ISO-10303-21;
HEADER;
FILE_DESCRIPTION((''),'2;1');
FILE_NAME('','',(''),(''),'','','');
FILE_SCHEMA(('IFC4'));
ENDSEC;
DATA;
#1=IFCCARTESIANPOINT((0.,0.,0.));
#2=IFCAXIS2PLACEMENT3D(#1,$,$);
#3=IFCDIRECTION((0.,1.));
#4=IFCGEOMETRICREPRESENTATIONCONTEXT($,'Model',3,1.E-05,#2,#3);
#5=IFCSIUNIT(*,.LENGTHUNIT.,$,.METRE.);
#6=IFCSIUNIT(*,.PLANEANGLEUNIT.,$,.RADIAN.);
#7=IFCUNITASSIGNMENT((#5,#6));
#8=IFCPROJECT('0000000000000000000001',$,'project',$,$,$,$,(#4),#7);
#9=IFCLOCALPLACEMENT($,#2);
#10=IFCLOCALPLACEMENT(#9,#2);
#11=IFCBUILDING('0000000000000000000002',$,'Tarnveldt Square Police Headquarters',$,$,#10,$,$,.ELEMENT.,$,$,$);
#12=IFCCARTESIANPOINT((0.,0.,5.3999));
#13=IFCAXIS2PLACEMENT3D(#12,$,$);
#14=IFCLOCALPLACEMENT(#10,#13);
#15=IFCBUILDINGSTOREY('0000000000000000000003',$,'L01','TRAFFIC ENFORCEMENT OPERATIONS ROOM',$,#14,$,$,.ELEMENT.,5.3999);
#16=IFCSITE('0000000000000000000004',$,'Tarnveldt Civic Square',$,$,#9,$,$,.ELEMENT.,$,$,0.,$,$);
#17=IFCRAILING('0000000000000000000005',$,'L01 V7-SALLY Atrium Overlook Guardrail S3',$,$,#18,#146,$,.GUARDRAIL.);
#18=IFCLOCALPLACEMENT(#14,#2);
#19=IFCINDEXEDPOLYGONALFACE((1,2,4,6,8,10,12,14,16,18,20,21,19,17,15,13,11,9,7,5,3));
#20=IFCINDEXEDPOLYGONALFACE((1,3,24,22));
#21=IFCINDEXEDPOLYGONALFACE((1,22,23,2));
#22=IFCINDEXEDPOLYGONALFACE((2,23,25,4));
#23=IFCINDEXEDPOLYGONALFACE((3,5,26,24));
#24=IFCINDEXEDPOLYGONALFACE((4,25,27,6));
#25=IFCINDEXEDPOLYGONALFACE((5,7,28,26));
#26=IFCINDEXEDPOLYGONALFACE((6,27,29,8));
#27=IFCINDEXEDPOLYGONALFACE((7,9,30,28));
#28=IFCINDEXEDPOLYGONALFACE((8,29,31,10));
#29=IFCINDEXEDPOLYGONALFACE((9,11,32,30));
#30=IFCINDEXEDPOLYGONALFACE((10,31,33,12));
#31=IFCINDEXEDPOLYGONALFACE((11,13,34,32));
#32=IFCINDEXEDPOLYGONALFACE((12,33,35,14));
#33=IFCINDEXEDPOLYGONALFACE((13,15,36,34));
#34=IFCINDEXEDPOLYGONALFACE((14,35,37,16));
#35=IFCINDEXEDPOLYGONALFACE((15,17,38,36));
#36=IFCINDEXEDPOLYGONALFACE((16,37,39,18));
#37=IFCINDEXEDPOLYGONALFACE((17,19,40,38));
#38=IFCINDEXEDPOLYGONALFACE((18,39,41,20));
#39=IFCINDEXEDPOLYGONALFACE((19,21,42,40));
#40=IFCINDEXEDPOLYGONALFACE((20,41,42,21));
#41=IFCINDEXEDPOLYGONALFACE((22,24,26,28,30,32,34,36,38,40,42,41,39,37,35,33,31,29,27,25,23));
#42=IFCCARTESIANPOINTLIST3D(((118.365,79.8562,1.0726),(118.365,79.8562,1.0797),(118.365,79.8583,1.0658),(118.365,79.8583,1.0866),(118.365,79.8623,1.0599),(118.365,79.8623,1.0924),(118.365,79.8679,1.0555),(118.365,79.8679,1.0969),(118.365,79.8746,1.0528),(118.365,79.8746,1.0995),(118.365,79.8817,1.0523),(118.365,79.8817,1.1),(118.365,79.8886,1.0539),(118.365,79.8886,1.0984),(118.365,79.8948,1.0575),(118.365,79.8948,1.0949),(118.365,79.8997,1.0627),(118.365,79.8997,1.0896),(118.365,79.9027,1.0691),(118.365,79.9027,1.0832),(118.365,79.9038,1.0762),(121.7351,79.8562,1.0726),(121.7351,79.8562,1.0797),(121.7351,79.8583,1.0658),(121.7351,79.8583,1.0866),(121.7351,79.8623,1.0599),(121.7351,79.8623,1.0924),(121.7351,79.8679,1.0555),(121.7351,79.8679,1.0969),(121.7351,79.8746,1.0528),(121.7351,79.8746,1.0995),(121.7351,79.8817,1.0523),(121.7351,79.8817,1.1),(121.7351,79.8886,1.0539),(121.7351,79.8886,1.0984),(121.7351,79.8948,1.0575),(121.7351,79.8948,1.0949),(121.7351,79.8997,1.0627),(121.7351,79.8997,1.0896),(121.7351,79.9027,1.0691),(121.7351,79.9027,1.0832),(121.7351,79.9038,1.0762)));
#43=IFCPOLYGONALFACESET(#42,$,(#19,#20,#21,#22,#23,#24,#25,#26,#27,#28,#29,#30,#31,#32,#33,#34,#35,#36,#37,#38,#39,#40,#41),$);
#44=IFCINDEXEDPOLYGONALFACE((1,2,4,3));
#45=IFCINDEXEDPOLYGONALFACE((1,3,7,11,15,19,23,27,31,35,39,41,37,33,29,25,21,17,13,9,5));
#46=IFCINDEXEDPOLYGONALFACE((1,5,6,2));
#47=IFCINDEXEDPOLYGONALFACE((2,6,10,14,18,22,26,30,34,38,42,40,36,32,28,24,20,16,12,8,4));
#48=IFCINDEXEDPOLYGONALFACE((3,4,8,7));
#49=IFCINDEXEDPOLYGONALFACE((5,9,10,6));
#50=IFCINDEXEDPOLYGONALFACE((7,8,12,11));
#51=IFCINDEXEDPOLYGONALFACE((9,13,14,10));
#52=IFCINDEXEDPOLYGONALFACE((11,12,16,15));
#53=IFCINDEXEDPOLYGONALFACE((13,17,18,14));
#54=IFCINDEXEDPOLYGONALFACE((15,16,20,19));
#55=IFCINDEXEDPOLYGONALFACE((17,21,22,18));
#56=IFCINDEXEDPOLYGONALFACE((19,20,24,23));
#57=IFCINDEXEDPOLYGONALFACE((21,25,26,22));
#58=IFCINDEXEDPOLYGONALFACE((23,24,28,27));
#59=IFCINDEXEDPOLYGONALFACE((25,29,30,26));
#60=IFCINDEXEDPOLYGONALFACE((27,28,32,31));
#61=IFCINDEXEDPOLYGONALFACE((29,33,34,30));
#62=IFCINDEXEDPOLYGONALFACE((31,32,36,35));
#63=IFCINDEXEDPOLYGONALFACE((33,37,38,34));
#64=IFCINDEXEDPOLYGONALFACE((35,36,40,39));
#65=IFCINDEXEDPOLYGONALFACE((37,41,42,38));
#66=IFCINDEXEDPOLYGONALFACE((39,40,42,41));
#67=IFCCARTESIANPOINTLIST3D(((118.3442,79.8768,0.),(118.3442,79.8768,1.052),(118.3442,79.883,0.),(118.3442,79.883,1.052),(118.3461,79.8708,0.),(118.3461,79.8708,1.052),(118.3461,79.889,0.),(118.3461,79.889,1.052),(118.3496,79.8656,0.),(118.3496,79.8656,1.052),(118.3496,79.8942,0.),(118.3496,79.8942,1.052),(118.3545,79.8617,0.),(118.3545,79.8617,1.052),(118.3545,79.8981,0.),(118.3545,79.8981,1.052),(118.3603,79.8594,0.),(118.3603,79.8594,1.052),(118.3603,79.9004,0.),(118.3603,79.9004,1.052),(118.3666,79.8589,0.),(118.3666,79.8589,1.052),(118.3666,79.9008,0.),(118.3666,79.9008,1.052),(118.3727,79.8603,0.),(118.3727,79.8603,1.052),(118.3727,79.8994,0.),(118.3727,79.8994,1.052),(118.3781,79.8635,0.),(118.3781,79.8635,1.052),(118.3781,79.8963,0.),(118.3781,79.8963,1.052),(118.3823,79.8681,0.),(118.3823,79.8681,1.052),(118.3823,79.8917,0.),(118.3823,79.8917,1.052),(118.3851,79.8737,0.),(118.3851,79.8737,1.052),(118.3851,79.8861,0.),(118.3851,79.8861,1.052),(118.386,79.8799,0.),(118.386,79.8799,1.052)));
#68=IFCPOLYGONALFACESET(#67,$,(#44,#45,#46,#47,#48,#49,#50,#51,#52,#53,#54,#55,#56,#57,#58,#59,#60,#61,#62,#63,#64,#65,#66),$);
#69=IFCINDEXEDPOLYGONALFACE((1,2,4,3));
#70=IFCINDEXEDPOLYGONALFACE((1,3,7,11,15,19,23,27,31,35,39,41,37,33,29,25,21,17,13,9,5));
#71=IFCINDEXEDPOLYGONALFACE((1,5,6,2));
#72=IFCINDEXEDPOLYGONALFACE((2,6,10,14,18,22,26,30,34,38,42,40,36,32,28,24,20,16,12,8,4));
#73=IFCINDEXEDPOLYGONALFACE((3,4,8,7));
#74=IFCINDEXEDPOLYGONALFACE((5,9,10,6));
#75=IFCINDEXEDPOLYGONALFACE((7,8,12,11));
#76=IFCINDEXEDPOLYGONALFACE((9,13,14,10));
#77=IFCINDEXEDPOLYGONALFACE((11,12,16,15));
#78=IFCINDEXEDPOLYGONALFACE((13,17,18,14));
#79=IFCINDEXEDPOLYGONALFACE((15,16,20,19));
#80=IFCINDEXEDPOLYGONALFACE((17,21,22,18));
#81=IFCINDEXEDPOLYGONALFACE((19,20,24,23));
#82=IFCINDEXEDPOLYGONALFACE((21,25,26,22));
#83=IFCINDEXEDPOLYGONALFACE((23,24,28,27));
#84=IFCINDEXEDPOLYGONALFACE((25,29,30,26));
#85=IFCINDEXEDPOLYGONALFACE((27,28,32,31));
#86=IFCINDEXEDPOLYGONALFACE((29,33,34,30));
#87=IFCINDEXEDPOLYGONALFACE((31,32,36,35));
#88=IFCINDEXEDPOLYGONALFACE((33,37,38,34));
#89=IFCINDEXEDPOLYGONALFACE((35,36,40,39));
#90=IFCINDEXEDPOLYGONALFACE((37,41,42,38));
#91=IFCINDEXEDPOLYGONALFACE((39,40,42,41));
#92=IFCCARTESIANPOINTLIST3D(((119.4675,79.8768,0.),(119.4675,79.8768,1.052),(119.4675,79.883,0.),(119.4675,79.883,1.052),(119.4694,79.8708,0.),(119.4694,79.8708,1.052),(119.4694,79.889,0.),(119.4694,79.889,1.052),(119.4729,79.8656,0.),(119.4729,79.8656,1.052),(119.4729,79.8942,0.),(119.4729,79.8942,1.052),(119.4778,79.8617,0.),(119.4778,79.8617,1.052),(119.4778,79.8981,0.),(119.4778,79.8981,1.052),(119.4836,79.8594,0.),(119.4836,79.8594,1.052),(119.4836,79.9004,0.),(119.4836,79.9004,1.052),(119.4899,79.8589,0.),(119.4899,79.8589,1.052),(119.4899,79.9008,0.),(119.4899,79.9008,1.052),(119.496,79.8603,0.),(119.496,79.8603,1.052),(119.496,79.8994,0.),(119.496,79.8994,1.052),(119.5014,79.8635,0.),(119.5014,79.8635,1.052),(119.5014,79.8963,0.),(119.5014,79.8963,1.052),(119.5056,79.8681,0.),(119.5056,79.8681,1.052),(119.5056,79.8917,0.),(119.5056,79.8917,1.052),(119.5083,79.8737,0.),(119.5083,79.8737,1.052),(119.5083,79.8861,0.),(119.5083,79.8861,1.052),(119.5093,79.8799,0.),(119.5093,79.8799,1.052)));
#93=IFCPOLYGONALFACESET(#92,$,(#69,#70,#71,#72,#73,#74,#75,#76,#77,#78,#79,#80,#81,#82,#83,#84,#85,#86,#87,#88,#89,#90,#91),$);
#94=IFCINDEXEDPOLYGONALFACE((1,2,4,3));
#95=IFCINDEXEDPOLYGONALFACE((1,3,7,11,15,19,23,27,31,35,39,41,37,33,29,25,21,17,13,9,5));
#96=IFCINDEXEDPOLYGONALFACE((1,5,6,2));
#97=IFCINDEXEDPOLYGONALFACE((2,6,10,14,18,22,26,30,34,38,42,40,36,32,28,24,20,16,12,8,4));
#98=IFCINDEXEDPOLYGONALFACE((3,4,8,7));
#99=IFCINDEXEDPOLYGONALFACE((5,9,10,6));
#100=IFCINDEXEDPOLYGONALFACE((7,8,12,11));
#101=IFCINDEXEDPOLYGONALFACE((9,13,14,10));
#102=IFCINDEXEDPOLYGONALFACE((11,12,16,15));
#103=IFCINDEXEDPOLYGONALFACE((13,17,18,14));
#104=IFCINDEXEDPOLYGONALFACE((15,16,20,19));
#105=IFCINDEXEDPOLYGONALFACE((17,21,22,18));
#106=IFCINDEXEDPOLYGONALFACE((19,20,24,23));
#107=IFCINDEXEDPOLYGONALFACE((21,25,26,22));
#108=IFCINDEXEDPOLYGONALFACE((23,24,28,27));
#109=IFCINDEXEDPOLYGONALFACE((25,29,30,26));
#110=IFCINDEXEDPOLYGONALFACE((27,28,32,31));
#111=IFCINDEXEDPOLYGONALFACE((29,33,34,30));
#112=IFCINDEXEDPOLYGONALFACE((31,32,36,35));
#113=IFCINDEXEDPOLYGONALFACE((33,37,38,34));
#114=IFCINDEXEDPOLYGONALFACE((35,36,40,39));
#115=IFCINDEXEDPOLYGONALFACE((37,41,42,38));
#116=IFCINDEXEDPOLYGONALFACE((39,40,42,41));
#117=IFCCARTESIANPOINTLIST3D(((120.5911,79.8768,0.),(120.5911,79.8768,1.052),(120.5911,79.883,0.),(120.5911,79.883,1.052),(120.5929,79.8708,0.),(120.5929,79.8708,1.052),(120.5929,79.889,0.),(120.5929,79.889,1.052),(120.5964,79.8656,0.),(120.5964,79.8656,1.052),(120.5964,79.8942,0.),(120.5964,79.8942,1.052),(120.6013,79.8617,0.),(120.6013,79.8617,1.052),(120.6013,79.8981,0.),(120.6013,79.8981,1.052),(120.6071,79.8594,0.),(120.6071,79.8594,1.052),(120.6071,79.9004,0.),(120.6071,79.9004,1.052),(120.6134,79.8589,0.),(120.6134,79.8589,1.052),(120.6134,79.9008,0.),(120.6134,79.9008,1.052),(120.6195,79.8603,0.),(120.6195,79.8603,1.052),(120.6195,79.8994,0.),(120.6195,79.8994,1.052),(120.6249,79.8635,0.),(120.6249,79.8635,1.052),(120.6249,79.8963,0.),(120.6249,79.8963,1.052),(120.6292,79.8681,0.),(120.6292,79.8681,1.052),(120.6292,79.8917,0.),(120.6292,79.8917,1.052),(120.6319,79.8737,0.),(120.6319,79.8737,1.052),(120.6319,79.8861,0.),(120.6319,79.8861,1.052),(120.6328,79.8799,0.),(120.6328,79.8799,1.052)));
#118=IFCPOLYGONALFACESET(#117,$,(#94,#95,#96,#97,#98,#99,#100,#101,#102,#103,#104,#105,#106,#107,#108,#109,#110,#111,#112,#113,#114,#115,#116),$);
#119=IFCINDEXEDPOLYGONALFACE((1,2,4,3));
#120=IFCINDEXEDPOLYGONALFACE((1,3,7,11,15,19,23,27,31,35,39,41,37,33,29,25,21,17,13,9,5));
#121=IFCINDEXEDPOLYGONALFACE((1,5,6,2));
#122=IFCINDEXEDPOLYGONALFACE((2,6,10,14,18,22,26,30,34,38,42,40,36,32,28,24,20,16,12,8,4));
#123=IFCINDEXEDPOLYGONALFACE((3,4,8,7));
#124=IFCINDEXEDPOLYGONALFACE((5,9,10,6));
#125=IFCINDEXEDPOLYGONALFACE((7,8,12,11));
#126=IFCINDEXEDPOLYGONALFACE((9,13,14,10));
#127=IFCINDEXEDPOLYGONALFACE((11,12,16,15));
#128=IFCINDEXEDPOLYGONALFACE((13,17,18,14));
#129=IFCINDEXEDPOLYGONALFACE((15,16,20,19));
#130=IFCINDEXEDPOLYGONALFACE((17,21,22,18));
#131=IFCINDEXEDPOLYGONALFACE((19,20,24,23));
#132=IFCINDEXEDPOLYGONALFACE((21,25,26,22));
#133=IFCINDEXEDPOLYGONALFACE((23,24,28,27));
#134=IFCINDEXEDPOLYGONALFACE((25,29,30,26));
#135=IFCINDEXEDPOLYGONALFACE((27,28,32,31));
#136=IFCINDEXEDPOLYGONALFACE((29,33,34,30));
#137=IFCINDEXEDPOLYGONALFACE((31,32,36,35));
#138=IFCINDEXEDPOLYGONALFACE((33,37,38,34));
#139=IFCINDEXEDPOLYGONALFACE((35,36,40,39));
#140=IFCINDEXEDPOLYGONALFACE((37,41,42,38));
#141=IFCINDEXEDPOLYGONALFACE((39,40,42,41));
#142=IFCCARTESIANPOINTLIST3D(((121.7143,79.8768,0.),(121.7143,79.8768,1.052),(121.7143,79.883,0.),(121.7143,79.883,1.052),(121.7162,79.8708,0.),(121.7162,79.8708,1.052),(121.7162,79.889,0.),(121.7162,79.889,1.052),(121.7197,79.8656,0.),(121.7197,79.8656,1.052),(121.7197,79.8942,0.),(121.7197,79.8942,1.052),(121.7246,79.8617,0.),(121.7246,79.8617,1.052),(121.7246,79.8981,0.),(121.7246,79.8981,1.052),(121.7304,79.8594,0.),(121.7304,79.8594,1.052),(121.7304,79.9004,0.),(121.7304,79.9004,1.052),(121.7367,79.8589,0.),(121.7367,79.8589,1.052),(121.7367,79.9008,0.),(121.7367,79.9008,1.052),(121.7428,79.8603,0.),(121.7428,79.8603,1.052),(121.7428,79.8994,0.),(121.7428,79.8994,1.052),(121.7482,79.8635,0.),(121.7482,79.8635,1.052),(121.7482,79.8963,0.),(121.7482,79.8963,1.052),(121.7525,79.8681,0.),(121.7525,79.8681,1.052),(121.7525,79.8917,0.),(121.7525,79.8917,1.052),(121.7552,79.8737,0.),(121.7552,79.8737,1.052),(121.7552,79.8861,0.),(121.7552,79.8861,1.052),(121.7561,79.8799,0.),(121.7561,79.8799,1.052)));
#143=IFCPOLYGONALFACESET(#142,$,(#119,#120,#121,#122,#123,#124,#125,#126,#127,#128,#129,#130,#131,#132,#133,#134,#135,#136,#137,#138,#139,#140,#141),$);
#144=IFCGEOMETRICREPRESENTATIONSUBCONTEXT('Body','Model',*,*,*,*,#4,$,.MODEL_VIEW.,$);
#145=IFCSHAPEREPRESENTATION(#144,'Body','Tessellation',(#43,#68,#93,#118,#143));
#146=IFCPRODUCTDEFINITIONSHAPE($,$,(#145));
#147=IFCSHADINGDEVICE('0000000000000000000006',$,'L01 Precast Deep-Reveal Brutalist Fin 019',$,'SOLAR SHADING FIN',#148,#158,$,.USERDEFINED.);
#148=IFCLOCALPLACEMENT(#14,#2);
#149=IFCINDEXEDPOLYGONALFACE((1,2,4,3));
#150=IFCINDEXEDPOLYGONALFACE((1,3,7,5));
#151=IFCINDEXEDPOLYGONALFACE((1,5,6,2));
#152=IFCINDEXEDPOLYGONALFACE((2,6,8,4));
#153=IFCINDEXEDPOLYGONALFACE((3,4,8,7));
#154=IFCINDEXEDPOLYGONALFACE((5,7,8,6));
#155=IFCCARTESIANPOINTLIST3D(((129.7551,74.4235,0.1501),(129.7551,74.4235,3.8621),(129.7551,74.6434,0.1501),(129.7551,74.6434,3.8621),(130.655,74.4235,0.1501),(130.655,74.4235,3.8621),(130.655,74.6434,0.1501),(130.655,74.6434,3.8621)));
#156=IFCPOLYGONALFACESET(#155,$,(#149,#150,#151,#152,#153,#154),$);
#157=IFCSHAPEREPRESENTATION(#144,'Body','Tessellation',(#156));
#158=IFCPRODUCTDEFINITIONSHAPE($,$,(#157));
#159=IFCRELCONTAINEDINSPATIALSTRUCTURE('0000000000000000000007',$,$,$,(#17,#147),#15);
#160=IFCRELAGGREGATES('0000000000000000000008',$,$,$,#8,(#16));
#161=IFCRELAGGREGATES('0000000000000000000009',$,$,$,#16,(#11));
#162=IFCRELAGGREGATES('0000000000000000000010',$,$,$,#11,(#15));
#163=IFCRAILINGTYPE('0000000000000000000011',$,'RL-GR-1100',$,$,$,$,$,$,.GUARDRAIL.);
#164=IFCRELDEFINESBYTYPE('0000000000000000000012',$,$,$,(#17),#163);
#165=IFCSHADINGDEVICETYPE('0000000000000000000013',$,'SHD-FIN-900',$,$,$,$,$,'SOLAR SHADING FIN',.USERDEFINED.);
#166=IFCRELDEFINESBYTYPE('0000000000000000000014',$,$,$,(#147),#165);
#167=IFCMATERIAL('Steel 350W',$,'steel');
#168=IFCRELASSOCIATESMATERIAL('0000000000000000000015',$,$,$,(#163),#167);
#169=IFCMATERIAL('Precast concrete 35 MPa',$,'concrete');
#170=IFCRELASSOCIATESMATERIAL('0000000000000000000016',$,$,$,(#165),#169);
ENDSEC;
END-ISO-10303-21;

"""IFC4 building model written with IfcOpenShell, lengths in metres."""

from ifc_helpers import new_model, si_unit, direction, frame, origin, origin_2d, place, context, subcontext, project, spatial, rectangle, circle, extrude, material, material_profile, profile_set, type_object, element, save


model = new_model("IFC4")

# Units and contexts
model_context = context("Model", 3, precision=1e-05, world=origin(), true_north=direction((0.0, 1.0)))
body_context = subcontext(model_context, "Body", "Model", "MODEL_VIEW")
ifc_project = project(units=[si_unit("LENGTHUNIT", "METRE"), si_unit("PLANEANGLEUNIT", "RADIAN")], contexts=[model_context])

# Site, building, storey
site_placement = place(None, origin())
site = spatial("IfcSite", under=ifc_project, at=site_placement, Name="Tarnveldt Civic Square", CompositionType="ELEMENT", RefElevation=0.0)
building_placement = place(site_placement, origin())
building = spatial("IfcBuilding", under=site, at=building_placement, Name="Tarnveldt Square Police Headquarters", CompositionType="ELEMENT")
storey_placement = place(building_placement, frame((0.0, 0.0, 5.3999)))
storey = spatial("IfcBuildingStorey", under=building, at=storey_placement, Name="L01", Description="TRAFFIC ENFORCEMENT OPERATIONS ROOM", CompositionType="ELEMENT", Elevation=5.3999)

# Shared definitions
ifc_material_1 = material(Name="Steel 350W", Category="steel")

# Railing
railing_type = type_object("IfcRailingType", Name="RL-GR-1100", PredefinedType="GUARDRAIL", material=ifc_material_1)
railing_1_placement = place(storey_placement, frame((118.365, 79.8799, 0.0)))
element("IfcRailing", 1, at=railing_1_placement, inside=storey, type_object=railing_type, Name="L01 V7-SALLY Atrium Overlook Guardrail S3", PredefinedType="GUARDRAIL", context=body_context, shape_type="SweptSolid", body=[
    extrude(circle(Radius=0.0239, at=origin_2d()), frame((0.0, 0.0, 1.0762), z_axis=(1.0, 0.0, 0.0), x_axis=(0.0, 1.0, 0.0)), (0.0, 0.0, 1.0), 3.3701),
    extrude(circle(Radius=0.021, at=origin_2d()), origin(), (0.0, 0.0, 1.0), 1.052),
    extrude(circle(Radius=0.021, at=origin_2d()), frame((1.1233, 0.0, 0.0)), (0.0, 0.0, 1.0), 1.052),
    extrude(circle(Radius=0.021, at=origin_2d()), frame((2.2468, 0.0, 0.0)), (0.0, 0.0, 1.0), 1.052),
    extrude(circle(Radius=0.021, at=origin_2d()), frame((3.3701, 0.0, 0.0)), (0.0, 0.0, 1.0), 1.052),
])

# Shading device
ifc_material_2 = material(Name="Precast concrete 35 MPa", Category="concrete")
ifc_material_profile_1 = material_profile(ifc_material_2, rectangle(XDim=0.22, YDim=0.8999, at=origin_2d()), Name="PC-FIN220x900")
ifc_profile_set_1 = profile_set([ifc_material_profile_1], Name="Precast concrete 35 MPa")
shading_device_type = type_object("IfcShadingDeviceType", Name="SHD-FIN-900", ElementType="SOLAR SHADING FIN", PredefinedType="USERDEFINED", material=ifc_profile_set_1)
shading_device_placement = place(storey_placement, frame((130.2051, 74.5334, 0.1501), z_axis=(0.0, 0.0, 1.0), x_axis=(0.0, 1.0, 0.0)))
element("IfcShadingDevice", 2, at=shading_device_placement, inside=storey, type_object=shading_device_type, Name="L01 Precast Deep-Reveal Brutalist Fin 019", ObjectType="SOLAR SHADING FIN", PredefinedType="USERDEFINED", context=body_context, shape_type="SweptSolid", body=[
    extrude(rectangle(XDim=0.22, YDim=0.8999, at=origin_2d()), origin(), (0.0, 0.0, 1.0), 3.7119),
])

save(model, "model.ifc")
